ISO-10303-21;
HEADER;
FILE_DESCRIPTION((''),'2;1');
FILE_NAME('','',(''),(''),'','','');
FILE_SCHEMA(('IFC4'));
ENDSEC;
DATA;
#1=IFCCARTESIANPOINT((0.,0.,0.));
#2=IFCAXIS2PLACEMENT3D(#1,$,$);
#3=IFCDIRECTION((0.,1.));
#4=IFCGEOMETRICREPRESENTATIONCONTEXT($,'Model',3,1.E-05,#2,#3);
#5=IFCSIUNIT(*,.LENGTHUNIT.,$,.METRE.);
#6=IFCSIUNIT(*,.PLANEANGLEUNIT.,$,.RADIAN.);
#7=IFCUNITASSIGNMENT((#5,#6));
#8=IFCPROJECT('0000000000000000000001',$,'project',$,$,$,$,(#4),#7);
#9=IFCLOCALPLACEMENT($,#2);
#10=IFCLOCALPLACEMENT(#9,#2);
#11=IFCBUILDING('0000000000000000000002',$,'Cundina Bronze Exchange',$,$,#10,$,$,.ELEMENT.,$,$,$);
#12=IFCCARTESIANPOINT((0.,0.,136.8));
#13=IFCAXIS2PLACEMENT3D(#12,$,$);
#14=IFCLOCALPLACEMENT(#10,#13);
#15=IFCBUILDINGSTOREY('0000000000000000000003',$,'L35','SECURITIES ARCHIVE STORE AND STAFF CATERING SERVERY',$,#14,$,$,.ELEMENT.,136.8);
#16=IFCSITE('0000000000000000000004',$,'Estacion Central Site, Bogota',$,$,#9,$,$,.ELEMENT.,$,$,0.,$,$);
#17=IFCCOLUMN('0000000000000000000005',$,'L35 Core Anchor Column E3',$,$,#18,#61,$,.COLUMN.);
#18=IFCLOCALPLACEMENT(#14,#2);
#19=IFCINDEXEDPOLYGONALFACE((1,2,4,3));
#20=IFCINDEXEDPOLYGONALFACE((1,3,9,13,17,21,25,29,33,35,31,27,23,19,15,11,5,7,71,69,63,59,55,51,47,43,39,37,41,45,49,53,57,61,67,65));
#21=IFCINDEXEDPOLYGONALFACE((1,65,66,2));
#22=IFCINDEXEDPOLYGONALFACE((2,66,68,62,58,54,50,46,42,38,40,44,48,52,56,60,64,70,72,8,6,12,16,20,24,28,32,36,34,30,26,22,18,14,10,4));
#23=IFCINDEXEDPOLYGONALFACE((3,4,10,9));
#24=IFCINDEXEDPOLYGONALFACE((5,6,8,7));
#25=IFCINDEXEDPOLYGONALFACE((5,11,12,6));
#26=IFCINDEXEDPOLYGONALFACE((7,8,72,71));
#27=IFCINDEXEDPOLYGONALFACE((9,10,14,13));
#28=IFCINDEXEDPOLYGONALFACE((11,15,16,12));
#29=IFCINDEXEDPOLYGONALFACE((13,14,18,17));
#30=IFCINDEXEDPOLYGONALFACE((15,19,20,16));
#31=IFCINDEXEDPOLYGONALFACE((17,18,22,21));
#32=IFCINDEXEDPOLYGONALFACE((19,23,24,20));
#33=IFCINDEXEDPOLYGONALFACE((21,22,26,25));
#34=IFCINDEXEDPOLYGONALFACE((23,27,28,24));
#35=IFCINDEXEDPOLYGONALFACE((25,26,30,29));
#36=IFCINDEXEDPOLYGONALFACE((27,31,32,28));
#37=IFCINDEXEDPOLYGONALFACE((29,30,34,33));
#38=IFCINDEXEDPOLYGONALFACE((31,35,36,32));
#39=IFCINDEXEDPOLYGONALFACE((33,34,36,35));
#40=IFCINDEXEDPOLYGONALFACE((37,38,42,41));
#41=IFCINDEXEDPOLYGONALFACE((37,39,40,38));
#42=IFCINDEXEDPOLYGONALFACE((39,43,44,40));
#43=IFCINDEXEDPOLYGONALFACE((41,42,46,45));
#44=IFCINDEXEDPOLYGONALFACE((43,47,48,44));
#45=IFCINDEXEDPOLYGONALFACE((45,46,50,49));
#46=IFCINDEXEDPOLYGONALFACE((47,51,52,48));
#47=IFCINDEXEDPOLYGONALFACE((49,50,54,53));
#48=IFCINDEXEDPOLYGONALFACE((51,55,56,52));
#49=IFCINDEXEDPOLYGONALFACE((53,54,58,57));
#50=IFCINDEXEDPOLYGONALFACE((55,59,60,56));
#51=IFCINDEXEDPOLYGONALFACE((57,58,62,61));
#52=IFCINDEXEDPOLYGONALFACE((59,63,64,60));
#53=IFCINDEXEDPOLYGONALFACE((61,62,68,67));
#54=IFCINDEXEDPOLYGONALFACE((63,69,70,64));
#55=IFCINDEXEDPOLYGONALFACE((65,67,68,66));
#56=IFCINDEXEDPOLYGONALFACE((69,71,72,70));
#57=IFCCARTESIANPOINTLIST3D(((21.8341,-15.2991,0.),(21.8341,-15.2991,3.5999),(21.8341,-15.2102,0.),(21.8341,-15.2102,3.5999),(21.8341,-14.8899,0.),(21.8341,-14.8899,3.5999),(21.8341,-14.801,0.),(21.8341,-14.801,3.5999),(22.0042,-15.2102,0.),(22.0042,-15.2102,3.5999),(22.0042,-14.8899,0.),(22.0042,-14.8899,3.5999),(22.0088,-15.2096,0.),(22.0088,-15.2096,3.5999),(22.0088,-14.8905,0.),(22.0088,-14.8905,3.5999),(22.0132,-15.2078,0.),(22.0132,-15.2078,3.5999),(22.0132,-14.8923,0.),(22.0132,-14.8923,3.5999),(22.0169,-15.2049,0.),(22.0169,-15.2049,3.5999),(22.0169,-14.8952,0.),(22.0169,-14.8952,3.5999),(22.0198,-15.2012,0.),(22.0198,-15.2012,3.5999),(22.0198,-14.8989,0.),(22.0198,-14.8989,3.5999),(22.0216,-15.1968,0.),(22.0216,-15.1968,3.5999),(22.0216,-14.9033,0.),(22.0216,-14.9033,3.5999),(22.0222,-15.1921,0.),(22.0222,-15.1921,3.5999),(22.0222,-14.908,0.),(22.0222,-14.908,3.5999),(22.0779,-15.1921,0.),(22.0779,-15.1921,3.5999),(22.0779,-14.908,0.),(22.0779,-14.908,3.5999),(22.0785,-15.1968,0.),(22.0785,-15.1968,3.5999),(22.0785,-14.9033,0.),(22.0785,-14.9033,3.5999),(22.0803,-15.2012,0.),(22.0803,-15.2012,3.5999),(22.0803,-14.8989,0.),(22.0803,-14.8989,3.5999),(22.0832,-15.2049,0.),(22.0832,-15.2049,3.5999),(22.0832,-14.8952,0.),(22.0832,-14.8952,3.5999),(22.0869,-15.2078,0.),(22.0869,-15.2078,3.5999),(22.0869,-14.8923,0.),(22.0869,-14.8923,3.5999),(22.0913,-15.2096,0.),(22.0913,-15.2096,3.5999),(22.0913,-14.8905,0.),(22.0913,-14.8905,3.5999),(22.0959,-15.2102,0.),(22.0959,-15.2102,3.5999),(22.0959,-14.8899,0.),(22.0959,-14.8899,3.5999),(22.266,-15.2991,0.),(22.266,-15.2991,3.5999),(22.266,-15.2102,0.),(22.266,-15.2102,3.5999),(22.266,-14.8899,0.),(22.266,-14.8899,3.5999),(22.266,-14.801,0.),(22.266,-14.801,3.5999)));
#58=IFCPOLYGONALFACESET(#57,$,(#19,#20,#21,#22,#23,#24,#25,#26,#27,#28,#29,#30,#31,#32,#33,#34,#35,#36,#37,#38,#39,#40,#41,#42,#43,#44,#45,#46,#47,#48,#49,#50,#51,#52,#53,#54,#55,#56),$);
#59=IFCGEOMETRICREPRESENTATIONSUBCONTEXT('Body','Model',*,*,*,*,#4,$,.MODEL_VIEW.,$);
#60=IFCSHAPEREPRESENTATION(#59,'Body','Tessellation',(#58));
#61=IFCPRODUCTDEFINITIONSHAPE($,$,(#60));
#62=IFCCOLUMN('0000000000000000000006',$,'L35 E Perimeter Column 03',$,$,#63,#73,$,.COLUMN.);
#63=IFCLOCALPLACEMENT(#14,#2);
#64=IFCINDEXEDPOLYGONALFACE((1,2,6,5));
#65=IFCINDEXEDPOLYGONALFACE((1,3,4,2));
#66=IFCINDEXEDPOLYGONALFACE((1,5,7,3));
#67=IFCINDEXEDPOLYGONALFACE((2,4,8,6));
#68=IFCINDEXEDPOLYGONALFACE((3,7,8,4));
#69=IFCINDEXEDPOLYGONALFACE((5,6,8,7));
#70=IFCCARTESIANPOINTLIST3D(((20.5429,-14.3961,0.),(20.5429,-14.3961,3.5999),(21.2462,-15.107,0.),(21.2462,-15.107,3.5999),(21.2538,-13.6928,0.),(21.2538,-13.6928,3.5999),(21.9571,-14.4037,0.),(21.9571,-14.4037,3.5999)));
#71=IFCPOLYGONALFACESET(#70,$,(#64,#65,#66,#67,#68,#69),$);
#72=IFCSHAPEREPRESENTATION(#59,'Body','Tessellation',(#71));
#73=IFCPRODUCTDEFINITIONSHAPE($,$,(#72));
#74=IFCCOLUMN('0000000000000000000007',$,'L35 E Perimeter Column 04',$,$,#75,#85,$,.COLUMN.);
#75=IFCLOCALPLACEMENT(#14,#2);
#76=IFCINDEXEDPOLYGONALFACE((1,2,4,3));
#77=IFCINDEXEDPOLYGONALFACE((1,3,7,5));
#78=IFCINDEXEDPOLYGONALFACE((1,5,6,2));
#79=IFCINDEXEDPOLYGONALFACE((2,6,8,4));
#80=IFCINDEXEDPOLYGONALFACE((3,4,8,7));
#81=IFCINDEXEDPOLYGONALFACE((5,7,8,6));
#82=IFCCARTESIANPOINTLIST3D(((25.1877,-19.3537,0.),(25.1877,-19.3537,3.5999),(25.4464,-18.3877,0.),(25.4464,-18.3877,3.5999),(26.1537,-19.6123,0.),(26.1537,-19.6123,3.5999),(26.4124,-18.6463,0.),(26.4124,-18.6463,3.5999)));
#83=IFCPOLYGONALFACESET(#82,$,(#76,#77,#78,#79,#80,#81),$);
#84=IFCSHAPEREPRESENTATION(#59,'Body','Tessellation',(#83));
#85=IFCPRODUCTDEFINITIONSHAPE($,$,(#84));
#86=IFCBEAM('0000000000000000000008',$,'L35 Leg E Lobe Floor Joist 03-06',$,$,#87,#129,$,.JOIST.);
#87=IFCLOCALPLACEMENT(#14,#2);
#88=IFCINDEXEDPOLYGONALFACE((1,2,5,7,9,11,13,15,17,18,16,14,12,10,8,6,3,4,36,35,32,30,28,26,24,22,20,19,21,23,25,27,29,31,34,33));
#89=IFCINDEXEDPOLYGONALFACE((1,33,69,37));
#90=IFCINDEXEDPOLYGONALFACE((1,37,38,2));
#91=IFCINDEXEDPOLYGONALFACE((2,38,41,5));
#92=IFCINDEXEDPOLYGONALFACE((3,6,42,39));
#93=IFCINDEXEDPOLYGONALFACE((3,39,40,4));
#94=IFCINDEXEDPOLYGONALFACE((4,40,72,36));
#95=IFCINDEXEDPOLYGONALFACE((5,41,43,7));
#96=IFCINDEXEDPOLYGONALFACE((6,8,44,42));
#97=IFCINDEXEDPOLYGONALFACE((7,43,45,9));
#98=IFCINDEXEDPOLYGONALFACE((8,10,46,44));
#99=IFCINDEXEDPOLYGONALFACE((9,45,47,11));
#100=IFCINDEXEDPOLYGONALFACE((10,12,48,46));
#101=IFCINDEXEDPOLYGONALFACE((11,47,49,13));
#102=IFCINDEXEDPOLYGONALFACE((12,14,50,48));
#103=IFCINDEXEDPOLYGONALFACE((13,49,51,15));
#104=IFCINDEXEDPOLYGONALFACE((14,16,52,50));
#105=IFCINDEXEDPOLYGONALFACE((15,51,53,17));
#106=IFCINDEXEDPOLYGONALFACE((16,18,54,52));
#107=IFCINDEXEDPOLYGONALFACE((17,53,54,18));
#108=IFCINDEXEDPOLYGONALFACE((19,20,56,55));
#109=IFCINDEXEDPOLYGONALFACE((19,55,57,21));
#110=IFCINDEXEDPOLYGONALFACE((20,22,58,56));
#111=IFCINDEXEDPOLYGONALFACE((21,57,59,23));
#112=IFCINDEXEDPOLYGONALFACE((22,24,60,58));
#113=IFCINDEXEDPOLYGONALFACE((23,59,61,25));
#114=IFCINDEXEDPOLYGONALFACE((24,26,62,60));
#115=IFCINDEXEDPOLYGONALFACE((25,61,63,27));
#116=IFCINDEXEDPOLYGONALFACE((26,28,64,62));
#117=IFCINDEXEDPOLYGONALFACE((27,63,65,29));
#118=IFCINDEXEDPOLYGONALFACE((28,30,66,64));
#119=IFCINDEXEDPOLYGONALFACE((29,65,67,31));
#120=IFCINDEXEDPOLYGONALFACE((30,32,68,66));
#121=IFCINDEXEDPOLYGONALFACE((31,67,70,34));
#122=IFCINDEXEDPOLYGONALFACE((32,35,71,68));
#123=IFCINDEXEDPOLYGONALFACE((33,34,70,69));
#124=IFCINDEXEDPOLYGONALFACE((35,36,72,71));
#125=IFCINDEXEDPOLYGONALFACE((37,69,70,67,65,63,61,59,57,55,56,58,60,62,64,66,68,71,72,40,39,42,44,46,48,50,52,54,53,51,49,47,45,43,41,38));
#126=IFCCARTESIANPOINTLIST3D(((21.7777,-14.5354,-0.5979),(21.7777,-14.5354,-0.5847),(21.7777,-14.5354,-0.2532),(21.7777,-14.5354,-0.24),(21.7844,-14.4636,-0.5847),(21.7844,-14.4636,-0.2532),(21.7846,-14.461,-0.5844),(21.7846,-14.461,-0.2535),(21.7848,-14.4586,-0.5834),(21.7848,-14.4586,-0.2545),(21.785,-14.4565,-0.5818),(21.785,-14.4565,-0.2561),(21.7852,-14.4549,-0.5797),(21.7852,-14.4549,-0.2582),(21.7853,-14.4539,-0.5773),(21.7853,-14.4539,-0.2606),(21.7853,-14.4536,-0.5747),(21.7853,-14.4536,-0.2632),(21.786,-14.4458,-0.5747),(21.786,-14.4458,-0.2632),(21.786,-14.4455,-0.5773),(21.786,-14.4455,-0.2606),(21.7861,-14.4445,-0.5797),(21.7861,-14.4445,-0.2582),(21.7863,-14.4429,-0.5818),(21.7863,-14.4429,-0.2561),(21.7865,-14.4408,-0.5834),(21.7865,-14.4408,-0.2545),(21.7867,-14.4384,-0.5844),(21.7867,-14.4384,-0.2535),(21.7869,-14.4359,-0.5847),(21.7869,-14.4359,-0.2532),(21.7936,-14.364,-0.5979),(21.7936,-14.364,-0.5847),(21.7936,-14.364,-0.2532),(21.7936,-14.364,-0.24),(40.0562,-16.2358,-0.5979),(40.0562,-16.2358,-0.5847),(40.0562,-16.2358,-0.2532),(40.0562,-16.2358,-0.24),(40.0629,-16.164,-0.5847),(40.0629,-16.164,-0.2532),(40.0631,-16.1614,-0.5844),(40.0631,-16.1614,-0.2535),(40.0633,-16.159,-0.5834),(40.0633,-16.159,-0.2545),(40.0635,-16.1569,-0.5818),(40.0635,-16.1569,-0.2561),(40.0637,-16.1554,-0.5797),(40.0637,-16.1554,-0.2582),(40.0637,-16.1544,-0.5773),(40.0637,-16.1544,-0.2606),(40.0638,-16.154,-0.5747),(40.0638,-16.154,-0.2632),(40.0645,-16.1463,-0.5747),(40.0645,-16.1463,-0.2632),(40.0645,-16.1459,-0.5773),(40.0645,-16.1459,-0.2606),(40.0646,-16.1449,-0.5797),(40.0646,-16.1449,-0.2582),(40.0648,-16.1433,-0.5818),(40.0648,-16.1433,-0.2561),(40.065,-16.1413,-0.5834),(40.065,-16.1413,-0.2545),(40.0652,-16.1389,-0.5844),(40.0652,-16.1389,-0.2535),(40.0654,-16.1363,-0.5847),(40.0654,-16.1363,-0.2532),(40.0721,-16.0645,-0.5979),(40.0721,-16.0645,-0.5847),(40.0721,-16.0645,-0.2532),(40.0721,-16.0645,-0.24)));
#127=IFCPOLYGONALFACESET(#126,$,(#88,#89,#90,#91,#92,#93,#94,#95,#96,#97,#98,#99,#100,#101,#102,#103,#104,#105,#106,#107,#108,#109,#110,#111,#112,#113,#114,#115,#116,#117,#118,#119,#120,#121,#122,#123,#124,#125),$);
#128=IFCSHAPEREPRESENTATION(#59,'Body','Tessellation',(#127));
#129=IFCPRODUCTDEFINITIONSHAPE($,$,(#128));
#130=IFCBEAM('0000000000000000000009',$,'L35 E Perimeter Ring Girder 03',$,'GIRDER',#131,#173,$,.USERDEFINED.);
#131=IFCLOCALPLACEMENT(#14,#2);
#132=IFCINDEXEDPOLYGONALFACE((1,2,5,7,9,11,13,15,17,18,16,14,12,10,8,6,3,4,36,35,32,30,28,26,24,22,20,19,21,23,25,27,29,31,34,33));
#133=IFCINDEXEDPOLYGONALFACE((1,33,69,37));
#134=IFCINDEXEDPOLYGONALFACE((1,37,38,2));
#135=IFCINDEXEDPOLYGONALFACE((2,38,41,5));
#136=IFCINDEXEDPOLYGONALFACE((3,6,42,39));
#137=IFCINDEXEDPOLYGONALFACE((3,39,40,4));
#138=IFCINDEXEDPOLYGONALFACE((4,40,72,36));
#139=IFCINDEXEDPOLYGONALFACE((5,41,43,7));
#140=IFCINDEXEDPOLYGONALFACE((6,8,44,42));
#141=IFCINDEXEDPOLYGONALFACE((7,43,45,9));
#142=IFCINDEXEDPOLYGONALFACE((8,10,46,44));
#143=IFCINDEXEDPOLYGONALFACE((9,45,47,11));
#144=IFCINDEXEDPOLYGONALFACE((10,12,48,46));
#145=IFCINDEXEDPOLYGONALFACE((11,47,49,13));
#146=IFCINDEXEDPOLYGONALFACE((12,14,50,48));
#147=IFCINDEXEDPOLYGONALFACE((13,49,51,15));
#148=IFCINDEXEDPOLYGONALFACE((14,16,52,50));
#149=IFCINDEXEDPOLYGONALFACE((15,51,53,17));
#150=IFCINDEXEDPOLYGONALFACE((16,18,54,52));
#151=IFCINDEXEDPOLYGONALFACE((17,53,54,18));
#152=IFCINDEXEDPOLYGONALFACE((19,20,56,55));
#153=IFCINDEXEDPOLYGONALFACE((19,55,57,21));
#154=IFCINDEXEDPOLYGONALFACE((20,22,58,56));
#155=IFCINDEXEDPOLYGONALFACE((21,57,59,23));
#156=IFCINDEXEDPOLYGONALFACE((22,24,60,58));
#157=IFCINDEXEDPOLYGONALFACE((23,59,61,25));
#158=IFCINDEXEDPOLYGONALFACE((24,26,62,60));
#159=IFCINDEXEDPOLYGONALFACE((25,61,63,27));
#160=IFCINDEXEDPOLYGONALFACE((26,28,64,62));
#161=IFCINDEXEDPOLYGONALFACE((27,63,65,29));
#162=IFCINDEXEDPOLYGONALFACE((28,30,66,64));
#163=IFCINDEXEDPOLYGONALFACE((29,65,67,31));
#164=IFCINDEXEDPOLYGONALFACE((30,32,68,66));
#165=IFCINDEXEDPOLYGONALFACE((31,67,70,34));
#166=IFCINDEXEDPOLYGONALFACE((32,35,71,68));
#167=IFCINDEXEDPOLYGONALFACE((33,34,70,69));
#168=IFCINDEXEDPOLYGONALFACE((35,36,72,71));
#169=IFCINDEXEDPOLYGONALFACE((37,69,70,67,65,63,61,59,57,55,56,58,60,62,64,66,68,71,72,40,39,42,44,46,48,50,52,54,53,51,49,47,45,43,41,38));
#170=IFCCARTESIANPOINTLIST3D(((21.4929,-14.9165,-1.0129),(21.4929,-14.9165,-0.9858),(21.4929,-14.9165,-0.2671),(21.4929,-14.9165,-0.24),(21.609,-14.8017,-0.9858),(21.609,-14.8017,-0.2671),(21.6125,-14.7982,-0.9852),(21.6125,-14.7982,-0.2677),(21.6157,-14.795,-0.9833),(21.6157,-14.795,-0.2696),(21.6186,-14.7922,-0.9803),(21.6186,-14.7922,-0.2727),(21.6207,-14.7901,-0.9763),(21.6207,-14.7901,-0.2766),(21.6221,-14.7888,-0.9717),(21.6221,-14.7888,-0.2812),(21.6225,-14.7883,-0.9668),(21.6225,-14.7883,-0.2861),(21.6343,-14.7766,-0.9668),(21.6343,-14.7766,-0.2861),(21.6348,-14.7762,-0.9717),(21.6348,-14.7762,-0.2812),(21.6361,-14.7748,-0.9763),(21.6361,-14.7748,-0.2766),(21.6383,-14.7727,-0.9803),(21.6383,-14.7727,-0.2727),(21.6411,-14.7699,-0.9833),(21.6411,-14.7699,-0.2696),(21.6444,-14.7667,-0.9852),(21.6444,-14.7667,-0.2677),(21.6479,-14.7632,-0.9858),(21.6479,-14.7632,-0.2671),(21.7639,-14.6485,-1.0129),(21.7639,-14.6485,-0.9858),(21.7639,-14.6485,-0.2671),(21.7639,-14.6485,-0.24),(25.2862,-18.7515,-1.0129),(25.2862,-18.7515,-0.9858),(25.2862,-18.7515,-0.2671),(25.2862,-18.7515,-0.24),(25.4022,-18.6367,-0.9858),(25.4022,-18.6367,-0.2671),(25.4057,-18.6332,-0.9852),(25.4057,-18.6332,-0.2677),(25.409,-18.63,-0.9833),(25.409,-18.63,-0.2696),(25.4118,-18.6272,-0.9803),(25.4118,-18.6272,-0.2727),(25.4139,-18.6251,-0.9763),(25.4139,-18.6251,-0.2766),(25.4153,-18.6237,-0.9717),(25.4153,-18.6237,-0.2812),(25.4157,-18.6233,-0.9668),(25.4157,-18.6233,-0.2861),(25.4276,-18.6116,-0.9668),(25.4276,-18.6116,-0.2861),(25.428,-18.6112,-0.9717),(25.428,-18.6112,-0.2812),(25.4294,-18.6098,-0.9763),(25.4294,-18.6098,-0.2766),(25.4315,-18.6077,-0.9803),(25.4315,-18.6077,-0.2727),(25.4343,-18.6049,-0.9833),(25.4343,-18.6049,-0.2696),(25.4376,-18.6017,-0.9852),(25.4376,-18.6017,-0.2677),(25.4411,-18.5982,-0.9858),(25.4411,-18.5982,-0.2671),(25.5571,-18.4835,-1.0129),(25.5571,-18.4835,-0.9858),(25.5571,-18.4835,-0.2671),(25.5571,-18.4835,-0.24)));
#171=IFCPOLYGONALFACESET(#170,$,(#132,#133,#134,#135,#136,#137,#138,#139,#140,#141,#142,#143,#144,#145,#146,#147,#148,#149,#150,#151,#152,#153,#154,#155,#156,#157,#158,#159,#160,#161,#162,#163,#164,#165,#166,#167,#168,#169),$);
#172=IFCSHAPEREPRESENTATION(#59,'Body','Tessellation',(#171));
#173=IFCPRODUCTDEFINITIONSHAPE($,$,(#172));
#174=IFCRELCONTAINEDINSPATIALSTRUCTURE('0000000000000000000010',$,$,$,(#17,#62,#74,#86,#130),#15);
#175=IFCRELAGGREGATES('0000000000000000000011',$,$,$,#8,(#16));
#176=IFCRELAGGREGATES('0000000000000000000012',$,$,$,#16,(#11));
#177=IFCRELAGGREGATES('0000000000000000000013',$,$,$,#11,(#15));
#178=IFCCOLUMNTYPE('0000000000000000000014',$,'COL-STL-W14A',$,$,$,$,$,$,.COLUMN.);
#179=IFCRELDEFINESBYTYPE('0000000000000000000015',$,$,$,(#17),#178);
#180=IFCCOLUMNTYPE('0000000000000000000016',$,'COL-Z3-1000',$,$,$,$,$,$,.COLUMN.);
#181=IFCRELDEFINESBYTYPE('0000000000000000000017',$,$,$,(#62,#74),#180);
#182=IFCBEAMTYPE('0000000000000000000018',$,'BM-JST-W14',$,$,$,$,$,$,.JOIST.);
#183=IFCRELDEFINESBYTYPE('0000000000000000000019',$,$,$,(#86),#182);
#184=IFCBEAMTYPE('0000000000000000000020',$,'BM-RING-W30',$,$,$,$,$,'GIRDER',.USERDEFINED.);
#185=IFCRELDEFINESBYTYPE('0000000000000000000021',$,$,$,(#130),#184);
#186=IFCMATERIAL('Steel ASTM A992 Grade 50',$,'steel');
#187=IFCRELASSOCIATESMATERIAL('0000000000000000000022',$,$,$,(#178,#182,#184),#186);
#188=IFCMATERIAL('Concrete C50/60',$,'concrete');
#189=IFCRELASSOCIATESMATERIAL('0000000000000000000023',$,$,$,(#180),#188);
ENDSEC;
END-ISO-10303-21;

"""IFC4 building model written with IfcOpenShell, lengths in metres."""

from ifc_helpers import new_model, si_unit, direction, frame, origin, origin_2d, place, context, subcontext, project, spatial, rectangle, i_section, extrude, material, material_profile, profile_set, type_object, element, save


model = new_model("IFC4")

# Units and contexts
model_context = context("Model", 3, precision=1e-05, world=origin(), true_north=direction((0.0, 1.0)))
body_context = subcontext(model_context, "Body", "Model", "MODEL_VIEW")
ifc_project = project(units=[si_unit("LENGTHUNIT", "METRE"), si_unit("PLANEANGLEUNIT", "RADIAN")], contexts=[model_context])

# Site, building, storey
site_placement = place(None, origin())
site = spatial("IfcSite", under=ifc_project, at=site_placement, Name="Estacion Central Site, Bogota", CompositionType="ELEMENT", RefElevation=0.0)
building_placement = place(site_placement, origin())
building = spatial("IfcBuilding", under=site, at=building_placement, Name="Cundina Bronze Exchange", CompositionType="ELEMENT")
storey_placement = place(building_placement, frame((0.0, 0.0, 136.8)))
storey = spatial("IfcBuildingStorey", under=building, at=storey_placement, Name="L35", Description="SECURITIES ARCHIVE STORE AND STAFF CATERING SERVERY", CompositionType="ELEMENT", Elevation=136.8)

# Columns
ifc_material_1 = material(Name="Steel ASTM A992 Grade 50", Category="steel")
ifc_material_profile_1 = material_profile(ifc_material_1, i_section(OverallWidth=0.4319, OverallDepth=0.498, WebThickness=0.0557, FlangeThickness=0.0889, FilletRadius=0.0181, at=origin_2d()), Name="W14X500", Category="steel")
ifc_profile_set_1 = profile_set([ifc_material_profile_1], Name="Steel ASTM A992 Grade 50")
column_type_1 = type_object("IfcColumnType", Name="COL-STL-W14A", PredefinedType="COLUMN", material=ifc_profile_set_1)
column_placement = place(storey_placement, frame((22.05, -15.05, 0.0), z_axis=(0.0, 0.0, 1.0), x_axis=(1.0, 0.0, 0.0)))
element("IfcColumn", 1, at=column_placement, inside=storey, type_object=column_type_1, Name="L35 Core Anchor Column E3", PredefinedType="COLUMN", context=body_context, shape_type="SweptSolid", body=[
    extrude(i_section(OverallWidth=0.4319, OverallDepth=0.498, WebThickness=0.0557, FlangeThickness=0.0889, FilletRadius=0.0181, at=origin_2d()), origin(), (0.0, 0.0, 1.0), 3.5999),
])
ifc_material_2 = material(Name="Concrete C50/60", Category="concrete")
ifc_material_profile_2 = material_profile(ifc_material_2, rectangle(XDim=1.0, YDim=1.0, at=origin_2d()), Name="RC1000X1000", Category="concrete")
ifc_profile_set_2 = profile_set([ifc_material_profile_2], Name="Concrete C50/60")
column_type_2 = type_object("IfcColumnType", Name="COL-Z3-1000", PredefinedType="COLUMN", material=ifc_profile_set_2)
for number, where, z_axis, x_axis, name in (
    (2, (21.25, -14.3999, 0.0), (0.0, 0.0, 1.0), (0.703271, -0.710922, 0.0), "L35 E Perimeter Column 03"),
    (3, (25.8, -19.0, 0.0), (0.0, 0.0, 1.0), (0.965971, -0.25865, 0.0), "L35 E Perimeter Column 04"),
):
    element("IfcColumn", number, at=place(storey_placement, frame(where, z_axis=z_axis, x_axis=x_axis)), inside=storey, type_object=column_type_2, Name=name, PredefinedType="COLUMN", context=body_context, shape_type="SweptSolid", body=[
        extrude(rectangle(XDim=1.0, YDim=1.0, at=origin_2d()), origin(), (0.0, 0.0, 1.0), 3.5999),
    ])

# Beams
ifc_material_profile_3 = material_profile(ifc_material_1, i_section(OverallWidth=0.1721, OverallDepth=0.3579, WebThickness=0.0078, FlangeThickness=0.0132, FilletRadius=0.01, at=origin_2d()), Name="W14X38", Category="steel")
ifc_profile_set_3 = profile_set([ifc_material_profile_3], Name="Steel ASTM A992 Grade 50")
beam_type_1 = type_object("IfcBeamType", Name="BM-JST-W14", PredefinedType="JOIST", material=ifc_profile_set_3)
beam_1_placement = place(storey_placement, frame((21.7856, -14.4497, -0.4189), z_axis=(0.995701, -0.092629, 0.0), x_axis=(0.092629, 0.995701, 0.0)))
element("IfcBeam", 4, at=beam_1_placement, inside=storey, type_object=beam_type_1, Name="L35 Leg E Lobe Floor Joist 03-06", PredefinedType="JOIST", context=body_context, shape_type="SweptSolid", body=[
    extrude(i_section(OverallWidth=0.1721, OverallDepth=0.3579, WebThickness=0.0078, FlangeThickness=0.0132, FilletRadius=0.01, at=origin_2d()), origin(), (0.0, 0.0, 1.0), 18.3574),
])
ifc_material_profile_4 = material_profile(ifc_material_1, i_section(OverallWidth=0.3811, OverallDepth=0.7729, WebThickness=0.0166, FlangeThickness=0.0271, FilletRadius=0.019, at=origin_2d()), Name="W30X173", Category="steel")
ifc_profile_set_4 = profile_set([ifc_material_profile_4], Name="Steel ASTM A992 Grade 50")
beam_type_2 = type_object("IfcBeamType", Name="BM-RING-W30", ElementType="GIRDER", PredefinedType="USERDEFINED", material=ifc_profile_set_4)
beam_2_placement = place(storey_placement, frame((21.6284, -14.7825, -0.6265), z_axis=(0.703226, -0.710966, 0.0), x_axis=(0.710966, 0.703226, 0.0)))
element("IfcBeam", 5, at=beam_2_placement, inside=storey, type_object=beam_type_2, Name="L35 E Perimeter Ring Girder 03", ObjectType="GIRDER", PredefinedType="USERDEFINED", context=body_context, shape_type="SweptSolid", body=[
    extrude(i_section(OverallWidth=0.3811, OverallDepth=0.7729, WebThickness=0.0166, FlangeThickness=0.0271, FilletRadius=0.019, at=origin_2d()), origin(), (0.0, 0.0, 1.0), 5.394),
])

save(model, "model.ifc")
